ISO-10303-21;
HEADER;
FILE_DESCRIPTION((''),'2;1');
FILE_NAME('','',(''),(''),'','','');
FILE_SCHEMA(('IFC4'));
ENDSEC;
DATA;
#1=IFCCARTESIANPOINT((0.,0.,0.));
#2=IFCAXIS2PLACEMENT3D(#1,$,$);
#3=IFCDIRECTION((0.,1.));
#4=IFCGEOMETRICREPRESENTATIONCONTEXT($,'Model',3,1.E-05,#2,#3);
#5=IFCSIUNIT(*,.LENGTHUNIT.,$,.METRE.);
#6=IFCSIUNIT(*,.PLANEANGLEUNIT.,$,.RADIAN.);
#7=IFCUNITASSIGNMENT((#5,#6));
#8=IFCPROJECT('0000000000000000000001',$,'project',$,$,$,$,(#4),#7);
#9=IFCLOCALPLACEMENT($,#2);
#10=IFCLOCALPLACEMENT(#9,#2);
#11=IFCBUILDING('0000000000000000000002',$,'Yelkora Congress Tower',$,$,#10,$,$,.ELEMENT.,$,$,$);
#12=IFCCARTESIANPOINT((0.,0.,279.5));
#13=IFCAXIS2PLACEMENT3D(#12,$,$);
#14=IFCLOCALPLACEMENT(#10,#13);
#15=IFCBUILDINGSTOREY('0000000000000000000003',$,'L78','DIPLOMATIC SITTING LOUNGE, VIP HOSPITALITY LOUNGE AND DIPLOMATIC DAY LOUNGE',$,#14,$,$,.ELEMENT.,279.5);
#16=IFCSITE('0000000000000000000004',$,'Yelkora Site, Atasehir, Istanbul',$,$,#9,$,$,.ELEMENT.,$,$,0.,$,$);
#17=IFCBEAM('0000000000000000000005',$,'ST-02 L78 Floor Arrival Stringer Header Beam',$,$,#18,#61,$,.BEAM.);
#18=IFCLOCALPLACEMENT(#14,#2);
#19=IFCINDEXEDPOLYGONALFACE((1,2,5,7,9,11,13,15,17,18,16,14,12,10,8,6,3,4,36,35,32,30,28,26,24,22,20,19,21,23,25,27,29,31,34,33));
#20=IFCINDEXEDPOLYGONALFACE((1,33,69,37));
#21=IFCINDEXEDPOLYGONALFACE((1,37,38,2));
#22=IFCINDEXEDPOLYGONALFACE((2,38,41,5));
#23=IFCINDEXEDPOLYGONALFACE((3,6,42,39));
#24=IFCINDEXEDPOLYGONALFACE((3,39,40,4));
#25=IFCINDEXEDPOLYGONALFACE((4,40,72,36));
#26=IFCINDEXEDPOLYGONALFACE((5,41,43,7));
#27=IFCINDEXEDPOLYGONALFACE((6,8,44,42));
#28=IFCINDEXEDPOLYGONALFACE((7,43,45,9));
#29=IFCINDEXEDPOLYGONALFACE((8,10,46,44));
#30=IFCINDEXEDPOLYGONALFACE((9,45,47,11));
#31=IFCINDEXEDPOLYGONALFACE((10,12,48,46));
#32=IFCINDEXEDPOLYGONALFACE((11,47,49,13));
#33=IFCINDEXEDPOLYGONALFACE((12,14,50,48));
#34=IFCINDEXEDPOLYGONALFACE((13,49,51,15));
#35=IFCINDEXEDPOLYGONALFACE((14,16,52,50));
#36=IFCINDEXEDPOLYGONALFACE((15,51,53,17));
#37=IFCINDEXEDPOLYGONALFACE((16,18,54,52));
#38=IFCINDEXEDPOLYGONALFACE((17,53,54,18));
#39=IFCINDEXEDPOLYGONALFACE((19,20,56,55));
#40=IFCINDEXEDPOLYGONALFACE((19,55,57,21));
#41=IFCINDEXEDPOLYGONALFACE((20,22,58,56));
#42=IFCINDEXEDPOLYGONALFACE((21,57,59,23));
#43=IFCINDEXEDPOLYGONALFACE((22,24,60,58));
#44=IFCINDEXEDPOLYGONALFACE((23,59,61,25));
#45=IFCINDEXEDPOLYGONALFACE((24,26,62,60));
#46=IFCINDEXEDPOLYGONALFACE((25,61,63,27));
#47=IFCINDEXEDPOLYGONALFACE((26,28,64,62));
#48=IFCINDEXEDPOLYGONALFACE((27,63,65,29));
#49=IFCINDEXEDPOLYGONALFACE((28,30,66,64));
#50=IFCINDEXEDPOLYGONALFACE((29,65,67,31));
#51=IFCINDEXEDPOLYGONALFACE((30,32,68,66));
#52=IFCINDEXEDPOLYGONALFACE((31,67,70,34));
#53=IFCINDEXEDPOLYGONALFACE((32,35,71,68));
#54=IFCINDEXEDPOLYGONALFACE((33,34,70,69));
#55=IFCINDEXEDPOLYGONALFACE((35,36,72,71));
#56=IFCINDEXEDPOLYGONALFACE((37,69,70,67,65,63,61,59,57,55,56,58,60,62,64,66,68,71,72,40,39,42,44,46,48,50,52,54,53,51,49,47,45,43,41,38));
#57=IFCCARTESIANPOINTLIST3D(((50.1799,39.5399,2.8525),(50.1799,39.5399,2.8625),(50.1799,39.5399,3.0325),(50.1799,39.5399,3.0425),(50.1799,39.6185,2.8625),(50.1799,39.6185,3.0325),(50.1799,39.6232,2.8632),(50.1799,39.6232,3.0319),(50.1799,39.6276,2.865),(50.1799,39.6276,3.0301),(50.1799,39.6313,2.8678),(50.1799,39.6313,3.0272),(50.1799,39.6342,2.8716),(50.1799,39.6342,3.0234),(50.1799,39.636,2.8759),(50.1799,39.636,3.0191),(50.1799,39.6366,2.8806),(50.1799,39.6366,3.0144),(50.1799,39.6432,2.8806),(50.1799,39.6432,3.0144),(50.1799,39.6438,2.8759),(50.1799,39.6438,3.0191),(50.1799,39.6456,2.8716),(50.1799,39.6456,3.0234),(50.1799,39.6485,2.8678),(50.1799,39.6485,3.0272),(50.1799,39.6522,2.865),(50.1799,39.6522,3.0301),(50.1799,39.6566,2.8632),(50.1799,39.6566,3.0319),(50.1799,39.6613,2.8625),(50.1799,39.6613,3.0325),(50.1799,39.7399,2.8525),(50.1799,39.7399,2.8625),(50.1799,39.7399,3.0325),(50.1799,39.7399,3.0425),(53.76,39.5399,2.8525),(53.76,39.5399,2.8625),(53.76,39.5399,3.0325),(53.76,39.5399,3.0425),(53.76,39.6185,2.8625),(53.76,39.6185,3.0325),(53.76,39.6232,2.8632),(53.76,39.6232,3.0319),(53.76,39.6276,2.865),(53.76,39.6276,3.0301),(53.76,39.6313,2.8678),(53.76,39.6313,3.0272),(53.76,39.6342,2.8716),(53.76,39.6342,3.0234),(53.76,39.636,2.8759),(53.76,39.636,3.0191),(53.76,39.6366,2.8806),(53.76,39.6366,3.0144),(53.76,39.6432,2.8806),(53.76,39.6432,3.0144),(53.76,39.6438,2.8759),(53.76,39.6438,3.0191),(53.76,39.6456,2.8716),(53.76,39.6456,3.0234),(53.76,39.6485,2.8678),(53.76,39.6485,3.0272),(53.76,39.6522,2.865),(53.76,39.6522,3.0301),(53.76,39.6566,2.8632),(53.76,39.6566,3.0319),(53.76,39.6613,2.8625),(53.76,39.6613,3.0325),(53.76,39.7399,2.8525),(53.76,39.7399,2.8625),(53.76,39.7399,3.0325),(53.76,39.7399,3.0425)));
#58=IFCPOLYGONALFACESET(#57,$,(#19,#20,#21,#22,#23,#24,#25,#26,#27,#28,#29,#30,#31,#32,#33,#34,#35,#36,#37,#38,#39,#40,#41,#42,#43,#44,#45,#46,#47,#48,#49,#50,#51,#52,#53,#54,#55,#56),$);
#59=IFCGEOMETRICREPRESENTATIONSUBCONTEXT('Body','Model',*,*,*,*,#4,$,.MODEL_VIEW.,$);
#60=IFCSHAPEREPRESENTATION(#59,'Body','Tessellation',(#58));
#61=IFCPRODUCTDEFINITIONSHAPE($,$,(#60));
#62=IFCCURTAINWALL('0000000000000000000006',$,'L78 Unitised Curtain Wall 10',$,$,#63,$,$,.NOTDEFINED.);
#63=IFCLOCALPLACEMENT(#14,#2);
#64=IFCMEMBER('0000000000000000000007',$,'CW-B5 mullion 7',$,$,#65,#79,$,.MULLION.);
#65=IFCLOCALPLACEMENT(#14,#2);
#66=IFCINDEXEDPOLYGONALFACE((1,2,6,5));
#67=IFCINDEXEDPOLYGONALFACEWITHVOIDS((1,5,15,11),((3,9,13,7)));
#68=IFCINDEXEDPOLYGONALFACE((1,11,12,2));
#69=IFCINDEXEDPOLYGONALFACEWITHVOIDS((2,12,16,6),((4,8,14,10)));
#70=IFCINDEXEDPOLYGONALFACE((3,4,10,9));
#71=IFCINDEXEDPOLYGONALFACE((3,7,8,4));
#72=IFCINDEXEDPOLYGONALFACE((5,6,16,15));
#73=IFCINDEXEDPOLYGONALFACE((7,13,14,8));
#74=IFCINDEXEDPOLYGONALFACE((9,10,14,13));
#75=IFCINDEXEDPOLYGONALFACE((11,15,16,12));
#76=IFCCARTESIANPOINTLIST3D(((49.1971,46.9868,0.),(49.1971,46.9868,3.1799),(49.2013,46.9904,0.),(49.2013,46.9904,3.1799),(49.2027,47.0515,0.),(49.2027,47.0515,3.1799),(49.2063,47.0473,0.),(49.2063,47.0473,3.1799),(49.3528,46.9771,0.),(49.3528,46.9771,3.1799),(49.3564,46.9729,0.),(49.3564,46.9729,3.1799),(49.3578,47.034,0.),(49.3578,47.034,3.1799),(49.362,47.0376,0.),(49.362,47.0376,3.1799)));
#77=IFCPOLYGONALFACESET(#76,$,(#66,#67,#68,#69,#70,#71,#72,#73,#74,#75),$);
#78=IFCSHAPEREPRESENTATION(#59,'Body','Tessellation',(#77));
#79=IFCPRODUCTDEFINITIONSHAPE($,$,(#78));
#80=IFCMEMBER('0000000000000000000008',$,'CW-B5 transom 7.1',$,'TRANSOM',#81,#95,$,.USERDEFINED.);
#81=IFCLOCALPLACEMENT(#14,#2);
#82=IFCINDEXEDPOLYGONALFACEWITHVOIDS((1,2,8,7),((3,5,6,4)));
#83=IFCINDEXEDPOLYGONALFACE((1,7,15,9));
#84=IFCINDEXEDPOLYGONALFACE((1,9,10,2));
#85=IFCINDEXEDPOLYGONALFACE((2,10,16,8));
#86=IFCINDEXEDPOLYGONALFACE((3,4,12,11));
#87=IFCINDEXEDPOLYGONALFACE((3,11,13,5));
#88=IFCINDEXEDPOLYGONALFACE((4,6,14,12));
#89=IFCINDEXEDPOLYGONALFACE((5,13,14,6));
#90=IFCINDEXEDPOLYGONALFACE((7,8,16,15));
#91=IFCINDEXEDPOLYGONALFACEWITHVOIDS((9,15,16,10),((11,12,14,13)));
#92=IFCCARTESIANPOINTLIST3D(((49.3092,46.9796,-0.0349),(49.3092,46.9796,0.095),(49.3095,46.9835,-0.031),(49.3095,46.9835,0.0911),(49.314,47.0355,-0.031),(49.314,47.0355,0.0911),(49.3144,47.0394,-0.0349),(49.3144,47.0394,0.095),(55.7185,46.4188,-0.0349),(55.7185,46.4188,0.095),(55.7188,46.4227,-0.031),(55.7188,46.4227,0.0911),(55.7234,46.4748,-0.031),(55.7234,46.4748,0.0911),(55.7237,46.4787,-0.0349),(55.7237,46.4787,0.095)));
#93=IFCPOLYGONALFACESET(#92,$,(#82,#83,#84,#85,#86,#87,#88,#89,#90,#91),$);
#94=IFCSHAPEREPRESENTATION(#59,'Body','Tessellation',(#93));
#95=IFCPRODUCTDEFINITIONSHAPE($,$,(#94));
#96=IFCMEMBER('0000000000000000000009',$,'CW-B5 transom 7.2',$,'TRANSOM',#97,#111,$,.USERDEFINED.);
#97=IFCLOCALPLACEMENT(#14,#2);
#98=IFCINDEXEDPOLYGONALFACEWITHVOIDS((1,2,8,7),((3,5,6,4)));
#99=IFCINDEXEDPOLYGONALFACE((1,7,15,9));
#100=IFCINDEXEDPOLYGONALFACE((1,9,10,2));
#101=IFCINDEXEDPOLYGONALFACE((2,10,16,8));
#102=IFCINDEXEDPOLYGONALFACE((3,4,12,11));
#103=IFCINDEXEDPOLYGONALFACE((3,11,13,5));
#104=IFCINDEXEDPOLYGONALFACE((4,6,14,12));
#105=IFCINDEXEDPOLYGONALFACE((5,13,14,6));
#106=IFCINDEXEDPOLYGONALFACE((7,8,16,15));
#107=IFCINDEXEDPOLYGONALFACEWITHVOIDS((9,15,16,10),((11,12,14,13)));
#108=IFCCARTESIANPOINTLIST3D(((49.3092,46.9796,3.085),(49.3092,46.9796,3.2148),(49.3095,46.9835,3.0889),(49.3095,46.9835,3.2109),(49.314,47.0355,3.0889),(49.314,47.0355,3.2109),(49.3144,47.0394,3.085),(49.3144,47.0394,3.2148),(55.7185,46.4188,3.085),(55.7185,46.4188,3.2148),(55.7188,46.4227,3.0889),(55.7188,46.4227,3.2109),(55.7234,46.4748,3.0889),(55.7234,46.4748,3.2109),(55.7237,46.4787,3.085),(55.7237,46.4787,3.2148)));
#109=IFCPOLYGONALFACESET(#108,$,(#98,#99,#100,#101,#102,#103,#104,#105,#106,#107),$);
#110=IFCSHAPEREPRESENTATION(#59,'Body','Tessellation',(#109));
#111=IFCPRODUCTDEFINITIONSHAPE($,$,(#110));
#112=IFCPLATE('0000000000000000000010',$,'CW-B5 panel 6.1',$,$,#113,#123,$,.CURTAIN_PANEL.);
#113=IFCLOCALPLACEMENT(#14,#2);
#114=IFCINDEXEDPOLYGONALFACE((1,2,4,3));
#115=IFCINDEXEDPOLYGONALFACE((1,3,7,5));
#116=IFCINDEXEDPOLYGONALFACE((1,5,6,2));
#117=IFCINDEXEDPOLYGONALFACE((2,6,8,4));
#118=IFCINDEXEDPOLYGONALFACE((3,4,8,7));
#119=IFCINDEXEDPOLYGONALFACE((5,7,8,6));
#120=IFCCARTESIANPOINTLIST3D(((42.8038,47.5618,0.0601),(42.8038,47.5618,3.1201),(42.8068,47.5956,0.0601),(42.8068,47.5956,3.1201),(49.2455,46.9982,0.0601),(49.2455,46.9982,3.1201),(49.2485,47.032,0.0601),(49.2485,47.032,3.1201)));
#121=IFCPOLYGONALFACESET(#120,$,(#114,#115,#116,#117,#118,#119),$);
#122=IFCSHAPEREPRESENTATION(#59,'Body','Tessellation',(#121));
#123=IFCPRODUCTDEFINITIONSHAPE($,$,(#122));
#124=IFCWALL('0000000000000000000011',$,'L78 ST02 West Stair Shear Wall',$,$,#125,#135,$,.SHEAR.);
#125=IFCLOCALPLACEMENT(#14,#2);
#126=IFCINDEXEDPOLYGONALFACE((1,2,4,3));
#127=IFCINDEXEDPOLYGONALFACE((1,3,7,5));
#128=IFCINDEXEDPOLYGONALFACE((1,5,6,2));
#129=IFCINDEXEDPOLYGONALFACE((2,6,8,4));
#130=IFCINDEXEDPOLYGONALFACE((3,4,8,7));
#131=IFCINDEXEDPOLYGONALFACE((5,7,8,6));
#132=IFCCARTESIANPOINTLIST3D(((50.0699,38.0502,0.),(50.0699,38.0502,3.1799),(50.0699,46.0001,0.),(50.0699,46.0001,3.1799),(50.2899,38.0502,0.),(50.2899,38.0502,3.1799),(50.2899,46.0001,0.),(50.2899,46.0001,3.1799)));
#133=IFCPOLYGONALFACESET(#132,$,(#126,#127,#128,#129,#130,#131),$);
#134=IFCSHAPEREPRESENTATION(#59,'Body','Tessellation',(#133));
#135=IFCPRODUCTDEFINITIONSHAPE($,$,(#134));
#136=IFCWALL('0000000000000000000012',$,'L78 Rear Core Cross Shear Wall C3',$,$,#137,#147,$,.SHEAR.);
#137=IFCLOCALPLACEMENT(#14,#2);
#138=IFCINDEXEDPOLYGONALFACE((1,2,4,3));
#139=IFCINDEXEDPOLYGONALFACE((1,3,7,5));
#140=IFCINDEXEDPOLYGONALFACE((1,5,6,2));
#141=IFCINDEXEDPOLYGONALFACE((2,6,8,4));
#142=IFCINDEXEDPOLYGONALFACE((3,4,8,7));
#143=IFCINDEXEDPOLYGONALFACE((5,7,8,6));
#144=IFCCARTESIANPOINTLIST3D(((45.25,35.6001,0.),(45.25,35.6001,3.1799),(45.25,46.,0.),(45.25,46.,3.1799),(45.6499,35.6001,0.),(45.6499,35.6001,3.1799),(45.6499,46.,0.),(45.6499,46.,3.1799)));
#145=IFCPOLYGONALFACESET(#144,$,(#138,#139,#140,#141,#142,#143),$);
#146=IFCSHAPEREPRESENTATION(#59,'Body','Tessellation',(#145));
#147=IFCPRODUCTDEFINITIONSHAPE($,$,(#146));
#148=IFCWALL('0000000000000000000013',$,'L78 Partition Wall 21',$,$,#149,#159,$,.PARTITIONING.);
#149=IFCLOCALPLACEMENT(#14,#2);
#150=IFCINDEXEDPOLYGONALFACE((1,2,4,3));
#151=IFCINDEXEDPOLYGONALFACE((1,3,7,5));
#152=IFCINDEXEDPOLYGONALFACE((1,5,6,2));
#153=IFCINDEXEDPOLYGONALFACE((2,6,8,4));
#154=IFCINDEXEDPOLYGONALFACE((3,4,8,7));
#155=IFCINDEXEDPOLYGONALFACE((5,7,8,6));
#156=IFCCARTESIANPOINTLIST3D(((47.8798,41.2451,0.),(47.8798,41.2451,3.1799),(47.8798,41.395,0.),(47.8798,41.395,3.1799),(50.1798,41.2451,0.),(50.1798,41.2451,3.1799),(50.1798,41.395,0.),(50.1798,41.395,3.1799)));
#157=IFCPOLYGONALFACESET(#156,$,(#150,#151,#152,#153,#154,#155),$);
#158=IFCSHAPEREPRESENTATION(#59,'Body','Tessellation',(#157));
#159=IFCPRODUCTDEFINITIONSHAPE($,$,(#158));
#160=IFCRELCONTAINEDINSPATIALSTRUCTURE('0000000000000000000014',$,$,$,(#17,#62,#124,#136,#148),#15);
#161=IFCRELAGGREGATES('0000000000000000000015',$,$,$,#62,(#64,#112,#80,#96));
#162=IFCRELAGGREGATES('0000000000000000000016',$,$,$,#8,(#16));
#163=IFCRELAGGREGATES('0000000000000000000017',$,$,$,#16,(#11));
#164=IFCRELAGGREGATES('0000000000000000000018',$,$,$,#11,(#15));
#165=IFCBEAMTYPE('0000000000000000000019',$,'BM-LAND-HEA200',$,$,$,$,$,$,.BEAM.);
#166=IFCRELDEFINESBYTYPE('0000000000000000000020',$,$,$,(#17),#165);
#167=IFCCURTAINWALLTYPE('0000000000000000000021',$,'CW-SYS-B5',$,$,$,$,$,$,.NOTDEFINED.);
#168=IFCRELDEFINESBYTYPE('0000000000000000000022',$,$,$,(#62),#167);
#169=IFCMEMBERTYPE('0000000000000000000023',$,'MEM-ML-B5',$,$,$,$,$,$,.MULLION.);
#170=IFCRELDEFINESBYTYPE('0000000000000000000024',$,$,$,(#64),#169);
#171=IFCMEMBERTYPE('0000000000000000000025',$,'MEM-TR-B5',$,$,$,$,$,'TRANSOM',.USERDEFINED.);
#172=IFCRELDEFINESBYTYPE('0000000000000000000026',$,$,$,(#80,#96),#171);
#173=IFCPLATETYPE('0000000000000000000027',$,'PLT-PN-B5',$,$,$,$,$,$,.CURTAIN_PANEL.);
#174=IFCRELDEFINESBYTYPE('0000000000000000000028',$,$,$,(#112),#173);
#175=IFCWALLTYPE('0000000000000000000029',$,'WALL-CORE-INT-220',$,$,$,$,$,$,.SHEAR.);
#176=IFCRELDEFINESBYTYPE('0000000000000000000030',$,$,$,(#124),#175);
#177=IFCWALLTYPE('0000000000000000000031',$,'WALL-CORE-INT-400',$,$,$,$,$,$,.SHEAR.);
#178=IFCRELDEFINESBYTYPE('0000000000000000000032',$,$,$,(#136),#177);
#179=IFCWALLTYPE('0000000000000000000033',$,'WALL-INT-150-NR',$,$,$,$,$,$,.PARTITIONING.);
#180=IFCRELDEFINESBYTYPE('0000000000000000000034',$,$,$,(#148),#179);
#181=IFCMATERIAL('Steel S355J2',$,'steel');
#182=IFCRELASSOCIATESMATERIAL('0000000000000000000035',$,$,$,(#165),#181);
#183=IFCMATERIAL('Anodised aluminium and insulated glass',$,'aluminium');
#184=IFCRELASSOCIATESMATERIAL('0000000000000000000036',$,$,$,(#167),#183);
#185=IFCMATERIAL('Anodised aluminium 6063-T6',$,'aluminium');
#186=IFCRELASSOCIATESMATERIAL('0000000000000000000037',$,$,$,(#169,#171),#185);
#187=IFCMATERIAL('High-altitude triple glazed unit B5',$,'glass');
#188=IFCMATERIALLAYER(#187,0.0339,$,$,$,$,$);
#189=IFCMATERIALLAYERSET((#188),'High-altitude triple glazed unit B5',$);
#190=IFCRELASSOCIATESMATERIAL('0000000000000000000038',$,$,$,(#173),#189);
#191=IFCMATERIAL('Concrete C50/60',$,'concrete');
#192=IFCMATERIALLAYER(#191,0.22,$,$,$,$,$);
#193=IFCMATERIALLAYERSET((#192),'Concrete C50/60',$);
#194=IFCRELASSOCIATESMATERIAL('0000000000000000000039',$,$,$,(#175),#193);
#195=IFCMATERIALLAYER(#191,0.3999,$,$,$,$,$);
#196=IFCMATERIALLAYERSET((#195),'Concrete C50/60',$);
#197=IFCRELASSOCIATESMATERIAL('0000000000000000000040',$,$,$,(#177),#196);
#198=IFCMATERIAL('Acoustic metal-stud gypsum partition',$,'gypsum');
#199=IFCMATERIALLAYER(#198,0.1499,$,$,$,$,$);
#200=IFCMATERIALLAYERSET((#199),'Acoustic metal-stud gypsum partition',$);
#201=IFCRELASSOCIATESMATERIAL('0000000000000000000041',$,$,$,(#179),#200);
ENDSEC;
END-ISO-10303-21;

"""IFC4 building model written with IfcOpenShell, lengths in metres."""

from ifc_helpers import new_model, si_unit, direction, frame, frame_2d, origin, origin_2d, place, context, subcontext, project, spatial, rectangle, hollow_rectangle, i_section, extrude, material, layer, layer_set, material_profile, profile_set, type_object, element, aggregate, save


model = new_model("IFC4")

# Units and contexts
model_context = context("Model", 3, precision=1e-05, world=origin(), true_north=direction((0.0, 1.0)))
body_context = subcontext(model_context, "Body", "Model", "MODEL_VIEW")
ifc_project = project(units=[si_unit("LENGTHUNIT", "METRE"), si_unit("PLANEANGLEUNIT", "RADIAN")], contexts=[model_context])

# Site, building, storey
site_placement = place(None, origin())
site = spatial("IfcSite", under=ifc_project, at=site_placement, Name="Yelkora Site, Atasehir, Istanbul", CompositionType="ELEMENT", RefElevation=0.0)
building_placement = place(site_placement, origin())
building = spatial("IfcBuilding", under=site, at=building_placement, Name="Yelkora Congress Tower", CompositionType="ELEMENT")
storey_placement = place(building_placement, frame((0.0, 0.0, 279.5)))
storey = spatial("IfcBuildingStorey", under=building, at=storey_placement, Name="L78", Description="DIPLOMATIC SITTING LOUNGE, VIP HOSPITALITY LOUNGE AND DIPLOMATIC DAY LOUNGE", CompositionType="ELEMENT", Elevation=279.5)

# Beam
ifc_material_1 = material(Name="Steel S355J2", Category="steel")
ifc_material_profile_1 = material_profile(ifc_material_1, i_section(OverallWidth=0.2, OverallDepth=0.1899, WebThickness=0.0066, FlangeThickness=0.01, FilletRadius=0.0181, at=origin_2d()), Name="HEA 200")
ifc_profile_set_1 = profile_set([ifc_material_profile_1], Name="Steel S355J2")
beam_type_1 = type_object("IfcBeamType", Name="BM-LAND-HEA200", PredefinedType="BEAM", material=ifc_profile_set_1)
beam_1_placement = place(storey_placement, frame((50.1799, 39.6399, 2.9475), z_axis=(1.0, 0.0, 0.0), x_axis=(0.0, 1.0, 0.0)))
element("IfcBeam", 1, at=beam_1_placement, inside=storey, type_object=beam_type_1, Name="ST-02 L78 Floor Arrival Stringer Header Beam", PredefinedType="BEAM", context=body_context, shape_type="SweptSolid", body=[
    extrude(i_section(OverallWidth=0.2, OverallDepth=0.1899, WebThickness=0.0066, FlangeThickness=0.01, FilletRadius=0.0181, at=origin_2d()), origin(), (0.0, 0.0, 1.0), 3.5801),
])

# Curtain wall, members, plate
ifc_material_2 = material(Name="Anodised aluminium and insulated glass", Category="aluminium")
curtain_wall_type = type_object("IfcCurtainWallType", Name="CW-SYS-B5", PredefinedType="NOTDEFINED", material=ifc_material_2)
curtain_wall_placement = place(storey_placement, origin())
curtain_wall = element("IfcCurtainWall", 2, at=curtain_wall_placement, inside=storey, type_object=curtain_wall_type, Name="L78 Unitised Curtain Wall 10", PredefinedType="NOTDEFINED")
ifc_material_3 = material(Name="Anodised aluminium 6063-T6", Category="aluminium")
ifc_material_profile_2 = material_profile(ifc_material_3, hollow_rectangle(XDim=0.0649, YDim=0.1599, WallThickness=0.0039, at=origin_2d()), Name="ALU 65x160x4")
ifc_profile_set_2 = profile_set([ifc_material_profile_2], Name="Anodised aluminium 6063-T6")
member_type_1 = type_object("IfcMemberType", Name="MEM-ML-B5", PredefinedType="MULLION", material=ifc_profile_set_2)
member_1_placement = place(storey_placement, frame((49.2795, 47.0122, 0.0), z_axis=(0.0, 0.0, 1.0), x_axis=(0.087157, 0.996195, 0.0)))
member_1 = element("IfcMember", 3, at=member_1_placement, type_object=member_type_1, Name="CW-B5 mullion 7", PredefinedType="MULLION", context=body_context, shape_type="SweptSolid", body=[
    extrude(hollow_rectangle(XDim=0.0649, YDim=0.1599, WallThickness=0.0039, at=origin_2d()), origin(), (0.0, 0.0, 1.0), 3.1799),
])
ifc_material_profile_3 = material_profile(ifc_material_3, hollow_rectangle(XDim=0.0601, YDim=0.1299, WallThickness=0.0039, at=origin_2d()), Name="ALU 60x130x4")
ifc_profile_set_3 = profile_set([ifc_material_profile_3], Name="Anodised aluminium 6063-T6")
member_type_2 = type_object("IfcMemberType", Name="MEM-TR-B5", ElementType="TRANSOM", PredefinedType="USERDEFINED", material=ifc_profile_set_3)
member_2_placement = place(storey_placement, frame((49.3118, 47.0095, 0.03), z_axis=(0.996194, -0.087162, 0.0), x_axis=(0.087162, 0.996194, 0.0)))
member_2 = element("IfcMember", 4, at=member_2_placement, type_object=member_type_2, Name="CW-B5 transom 7.1", ObjectType="TRANSOM", PredefinedType="USERDEFINED", context=body_context, shape_type="SweptSolid", body=[
    extrude(hollow_rectangle(XDim=0.0601, YDim=0.1299, WallThickness=0.0039, at=origin_2d()), origin(), (0.0, 0.0, 1.0), 6.4338),
])
member_3_placement = place(storey_placement, frame((49.3118, 47.0095, 3.1499), z_axis=(0.996194, -0.087162, 0.0), x_axis=(0.087162, 0.996194, 0.0)))
member_3 = element("IfcMember", 5, at=member_3_placement, type_object=member_type_2, Name="CW-B5 transom 7.2", ObjectType="TRANSOM", PredefinedType="USERDEFINED", context=body_context, shape_type="SweptSolid", body=[
    extrude(hollow_rectangle(XDim=0.0601, YDim=0.1299, WallThickness=0.0039, at=origin_2d()), origin(), (0.0, 0.0, 1.0), 6.4338),
])
ifc_material_4 = material(Name="High-altitude triple glazed unit B5", Category="glass")
ifc_layer_1 = layer(ifc_material_4, 0.0339)
ifc_layer_set_1 = layer_set([ifc_layer_1], Name="High-altitude triple glazed unit B5")
plate_type = type_object("IfcPlateType", Name="PLT-PN-B5", PredefinedType="CURTAIN_PANEL", material=ifc_layer_set_1)
plate_placement = place(storey_placement, frame((46.0261, 47.2969, 0.0601), z_axis=(0.0, 0.0, 1.0), x_axis=(0.996195, -0.087157, 0.0)))
plate = element("IfcPlate", 6, at=plate_placement, type_object=plate_type, Name="CW-B5 panel 6.1", PredefinedType="CURTAIN_PANEL", context=body_context, shape_type="SweptSolid", body=[
    extrude(rectangle(XDim=6.4663, YDim=0.0339, at=origin_2d()), origin(), (0.0, 0.0, 1.0), 3.0601),
])
aggregate(curtain_wall, [member_1, plate, member_2, member_3])

# Walls
ifc_material_5 = material(Name="Concrete C50/60", Category="concrete")
ifc_layer_2 = layer(ifc_material_5, 0.22)
ifc_layer_set_2 = layer_set([ifc_layer_2], Name="Concrete C50/60")
wall_type_1 = type_object("IfcWallType", Name="WALL-CORE-INT-220", PredefinedType="SHEAR", material=ifc_layer_set_2)
wall_1_placement = place(storey_placement, frame((50.1799, 38.05, 0.0), z_axis=(0.0, 0.0, 1.0), x_axis=(0.0, 1.0, 0.0)))
element("IfcWall", 7, at=wall_1_placement, inside=storey, type_object=wall_type_1, Name="L78 ST02 West Stair Shear Wall", PredefinedType="SHEAR", context=body_context, shape_type="SweptSolid", body=[
    extrude(rectangle(XDim=7.95, YDim=0.22, at=frame_2d((3.9751, 0.0))), origin(), (0.0, 0.0, 1.0), 3.1799),
])
ifc_layer_3 = layer(ifc_material_5, 0.3999)
ifc_layer_set_3 = layer_set([ifc_layer_3], Name="Concrete C50/60")
wall_type_2 = type_object("IfcWallType", Name="WALL-CORE-INT-400", PredefinedType="SHEAR", material=ifc_layer_set_3)
wall_2_placement = place(storey_placement, frame((45.45, 35.6001, 0.0), z_axis=(0.0, 0.0, 1.0), x_axis=(0.0, 1.0, 0.0)))
element("IfcWall", 8, at=wall_2_placement, inside=storey, type_object=wall_type_2, Name="L78 Rear Core Cross Shear Wall C3", PredefinedType="SHEAR", context=body_context, shape_type="SweptSolid", body=[
    extrude(rectangle(XDim=10.3999, YDim=0.3999, at=frame_2d((5.2, 0.0))), origin(), (0.0, 0.0, 1.0), 3.1799),
])

# Shared definitions
ifc_material_6 = material(Name="Acoustic metal-stud gypsum partition", Category="gypsum")
ifc_layer_4 = layer(ifc_material_6, 0.1499)
ifc_layer_set_4 = layer_set([ifc_layer_4], Name="Acoustic metal-stud gypsum partition")
wall_type_3 = type_object("IfcWallType", Name="WALL-INT-150-NR", PredefinedType="PARTITIONING", material=ifc_layer_set_4)

# Wall
wall_3_placement = place(storey_placement, frame((47.8799, 41.3201, 0.0), z_axis=(0.0, 0.0, 1.0), x_axis=(1.0, 0.0, 0.0)))
element("IfcWall", 9, at=wall_3_placement, inside=storey, type_object=wall_type_3, Name="L78 Partition Wall 21", PredefinedType="PARTITIONING", context=body_context, shape_type="SweptSolid", body=[
    extrude(rectangle(XDim=2.3, YDim=0.1499, at=frame_2d((1.1499, 0.0))), origin(), (0.0, 0.0, 1.0), 3.1799),
])

save(model, "model.ifc")
